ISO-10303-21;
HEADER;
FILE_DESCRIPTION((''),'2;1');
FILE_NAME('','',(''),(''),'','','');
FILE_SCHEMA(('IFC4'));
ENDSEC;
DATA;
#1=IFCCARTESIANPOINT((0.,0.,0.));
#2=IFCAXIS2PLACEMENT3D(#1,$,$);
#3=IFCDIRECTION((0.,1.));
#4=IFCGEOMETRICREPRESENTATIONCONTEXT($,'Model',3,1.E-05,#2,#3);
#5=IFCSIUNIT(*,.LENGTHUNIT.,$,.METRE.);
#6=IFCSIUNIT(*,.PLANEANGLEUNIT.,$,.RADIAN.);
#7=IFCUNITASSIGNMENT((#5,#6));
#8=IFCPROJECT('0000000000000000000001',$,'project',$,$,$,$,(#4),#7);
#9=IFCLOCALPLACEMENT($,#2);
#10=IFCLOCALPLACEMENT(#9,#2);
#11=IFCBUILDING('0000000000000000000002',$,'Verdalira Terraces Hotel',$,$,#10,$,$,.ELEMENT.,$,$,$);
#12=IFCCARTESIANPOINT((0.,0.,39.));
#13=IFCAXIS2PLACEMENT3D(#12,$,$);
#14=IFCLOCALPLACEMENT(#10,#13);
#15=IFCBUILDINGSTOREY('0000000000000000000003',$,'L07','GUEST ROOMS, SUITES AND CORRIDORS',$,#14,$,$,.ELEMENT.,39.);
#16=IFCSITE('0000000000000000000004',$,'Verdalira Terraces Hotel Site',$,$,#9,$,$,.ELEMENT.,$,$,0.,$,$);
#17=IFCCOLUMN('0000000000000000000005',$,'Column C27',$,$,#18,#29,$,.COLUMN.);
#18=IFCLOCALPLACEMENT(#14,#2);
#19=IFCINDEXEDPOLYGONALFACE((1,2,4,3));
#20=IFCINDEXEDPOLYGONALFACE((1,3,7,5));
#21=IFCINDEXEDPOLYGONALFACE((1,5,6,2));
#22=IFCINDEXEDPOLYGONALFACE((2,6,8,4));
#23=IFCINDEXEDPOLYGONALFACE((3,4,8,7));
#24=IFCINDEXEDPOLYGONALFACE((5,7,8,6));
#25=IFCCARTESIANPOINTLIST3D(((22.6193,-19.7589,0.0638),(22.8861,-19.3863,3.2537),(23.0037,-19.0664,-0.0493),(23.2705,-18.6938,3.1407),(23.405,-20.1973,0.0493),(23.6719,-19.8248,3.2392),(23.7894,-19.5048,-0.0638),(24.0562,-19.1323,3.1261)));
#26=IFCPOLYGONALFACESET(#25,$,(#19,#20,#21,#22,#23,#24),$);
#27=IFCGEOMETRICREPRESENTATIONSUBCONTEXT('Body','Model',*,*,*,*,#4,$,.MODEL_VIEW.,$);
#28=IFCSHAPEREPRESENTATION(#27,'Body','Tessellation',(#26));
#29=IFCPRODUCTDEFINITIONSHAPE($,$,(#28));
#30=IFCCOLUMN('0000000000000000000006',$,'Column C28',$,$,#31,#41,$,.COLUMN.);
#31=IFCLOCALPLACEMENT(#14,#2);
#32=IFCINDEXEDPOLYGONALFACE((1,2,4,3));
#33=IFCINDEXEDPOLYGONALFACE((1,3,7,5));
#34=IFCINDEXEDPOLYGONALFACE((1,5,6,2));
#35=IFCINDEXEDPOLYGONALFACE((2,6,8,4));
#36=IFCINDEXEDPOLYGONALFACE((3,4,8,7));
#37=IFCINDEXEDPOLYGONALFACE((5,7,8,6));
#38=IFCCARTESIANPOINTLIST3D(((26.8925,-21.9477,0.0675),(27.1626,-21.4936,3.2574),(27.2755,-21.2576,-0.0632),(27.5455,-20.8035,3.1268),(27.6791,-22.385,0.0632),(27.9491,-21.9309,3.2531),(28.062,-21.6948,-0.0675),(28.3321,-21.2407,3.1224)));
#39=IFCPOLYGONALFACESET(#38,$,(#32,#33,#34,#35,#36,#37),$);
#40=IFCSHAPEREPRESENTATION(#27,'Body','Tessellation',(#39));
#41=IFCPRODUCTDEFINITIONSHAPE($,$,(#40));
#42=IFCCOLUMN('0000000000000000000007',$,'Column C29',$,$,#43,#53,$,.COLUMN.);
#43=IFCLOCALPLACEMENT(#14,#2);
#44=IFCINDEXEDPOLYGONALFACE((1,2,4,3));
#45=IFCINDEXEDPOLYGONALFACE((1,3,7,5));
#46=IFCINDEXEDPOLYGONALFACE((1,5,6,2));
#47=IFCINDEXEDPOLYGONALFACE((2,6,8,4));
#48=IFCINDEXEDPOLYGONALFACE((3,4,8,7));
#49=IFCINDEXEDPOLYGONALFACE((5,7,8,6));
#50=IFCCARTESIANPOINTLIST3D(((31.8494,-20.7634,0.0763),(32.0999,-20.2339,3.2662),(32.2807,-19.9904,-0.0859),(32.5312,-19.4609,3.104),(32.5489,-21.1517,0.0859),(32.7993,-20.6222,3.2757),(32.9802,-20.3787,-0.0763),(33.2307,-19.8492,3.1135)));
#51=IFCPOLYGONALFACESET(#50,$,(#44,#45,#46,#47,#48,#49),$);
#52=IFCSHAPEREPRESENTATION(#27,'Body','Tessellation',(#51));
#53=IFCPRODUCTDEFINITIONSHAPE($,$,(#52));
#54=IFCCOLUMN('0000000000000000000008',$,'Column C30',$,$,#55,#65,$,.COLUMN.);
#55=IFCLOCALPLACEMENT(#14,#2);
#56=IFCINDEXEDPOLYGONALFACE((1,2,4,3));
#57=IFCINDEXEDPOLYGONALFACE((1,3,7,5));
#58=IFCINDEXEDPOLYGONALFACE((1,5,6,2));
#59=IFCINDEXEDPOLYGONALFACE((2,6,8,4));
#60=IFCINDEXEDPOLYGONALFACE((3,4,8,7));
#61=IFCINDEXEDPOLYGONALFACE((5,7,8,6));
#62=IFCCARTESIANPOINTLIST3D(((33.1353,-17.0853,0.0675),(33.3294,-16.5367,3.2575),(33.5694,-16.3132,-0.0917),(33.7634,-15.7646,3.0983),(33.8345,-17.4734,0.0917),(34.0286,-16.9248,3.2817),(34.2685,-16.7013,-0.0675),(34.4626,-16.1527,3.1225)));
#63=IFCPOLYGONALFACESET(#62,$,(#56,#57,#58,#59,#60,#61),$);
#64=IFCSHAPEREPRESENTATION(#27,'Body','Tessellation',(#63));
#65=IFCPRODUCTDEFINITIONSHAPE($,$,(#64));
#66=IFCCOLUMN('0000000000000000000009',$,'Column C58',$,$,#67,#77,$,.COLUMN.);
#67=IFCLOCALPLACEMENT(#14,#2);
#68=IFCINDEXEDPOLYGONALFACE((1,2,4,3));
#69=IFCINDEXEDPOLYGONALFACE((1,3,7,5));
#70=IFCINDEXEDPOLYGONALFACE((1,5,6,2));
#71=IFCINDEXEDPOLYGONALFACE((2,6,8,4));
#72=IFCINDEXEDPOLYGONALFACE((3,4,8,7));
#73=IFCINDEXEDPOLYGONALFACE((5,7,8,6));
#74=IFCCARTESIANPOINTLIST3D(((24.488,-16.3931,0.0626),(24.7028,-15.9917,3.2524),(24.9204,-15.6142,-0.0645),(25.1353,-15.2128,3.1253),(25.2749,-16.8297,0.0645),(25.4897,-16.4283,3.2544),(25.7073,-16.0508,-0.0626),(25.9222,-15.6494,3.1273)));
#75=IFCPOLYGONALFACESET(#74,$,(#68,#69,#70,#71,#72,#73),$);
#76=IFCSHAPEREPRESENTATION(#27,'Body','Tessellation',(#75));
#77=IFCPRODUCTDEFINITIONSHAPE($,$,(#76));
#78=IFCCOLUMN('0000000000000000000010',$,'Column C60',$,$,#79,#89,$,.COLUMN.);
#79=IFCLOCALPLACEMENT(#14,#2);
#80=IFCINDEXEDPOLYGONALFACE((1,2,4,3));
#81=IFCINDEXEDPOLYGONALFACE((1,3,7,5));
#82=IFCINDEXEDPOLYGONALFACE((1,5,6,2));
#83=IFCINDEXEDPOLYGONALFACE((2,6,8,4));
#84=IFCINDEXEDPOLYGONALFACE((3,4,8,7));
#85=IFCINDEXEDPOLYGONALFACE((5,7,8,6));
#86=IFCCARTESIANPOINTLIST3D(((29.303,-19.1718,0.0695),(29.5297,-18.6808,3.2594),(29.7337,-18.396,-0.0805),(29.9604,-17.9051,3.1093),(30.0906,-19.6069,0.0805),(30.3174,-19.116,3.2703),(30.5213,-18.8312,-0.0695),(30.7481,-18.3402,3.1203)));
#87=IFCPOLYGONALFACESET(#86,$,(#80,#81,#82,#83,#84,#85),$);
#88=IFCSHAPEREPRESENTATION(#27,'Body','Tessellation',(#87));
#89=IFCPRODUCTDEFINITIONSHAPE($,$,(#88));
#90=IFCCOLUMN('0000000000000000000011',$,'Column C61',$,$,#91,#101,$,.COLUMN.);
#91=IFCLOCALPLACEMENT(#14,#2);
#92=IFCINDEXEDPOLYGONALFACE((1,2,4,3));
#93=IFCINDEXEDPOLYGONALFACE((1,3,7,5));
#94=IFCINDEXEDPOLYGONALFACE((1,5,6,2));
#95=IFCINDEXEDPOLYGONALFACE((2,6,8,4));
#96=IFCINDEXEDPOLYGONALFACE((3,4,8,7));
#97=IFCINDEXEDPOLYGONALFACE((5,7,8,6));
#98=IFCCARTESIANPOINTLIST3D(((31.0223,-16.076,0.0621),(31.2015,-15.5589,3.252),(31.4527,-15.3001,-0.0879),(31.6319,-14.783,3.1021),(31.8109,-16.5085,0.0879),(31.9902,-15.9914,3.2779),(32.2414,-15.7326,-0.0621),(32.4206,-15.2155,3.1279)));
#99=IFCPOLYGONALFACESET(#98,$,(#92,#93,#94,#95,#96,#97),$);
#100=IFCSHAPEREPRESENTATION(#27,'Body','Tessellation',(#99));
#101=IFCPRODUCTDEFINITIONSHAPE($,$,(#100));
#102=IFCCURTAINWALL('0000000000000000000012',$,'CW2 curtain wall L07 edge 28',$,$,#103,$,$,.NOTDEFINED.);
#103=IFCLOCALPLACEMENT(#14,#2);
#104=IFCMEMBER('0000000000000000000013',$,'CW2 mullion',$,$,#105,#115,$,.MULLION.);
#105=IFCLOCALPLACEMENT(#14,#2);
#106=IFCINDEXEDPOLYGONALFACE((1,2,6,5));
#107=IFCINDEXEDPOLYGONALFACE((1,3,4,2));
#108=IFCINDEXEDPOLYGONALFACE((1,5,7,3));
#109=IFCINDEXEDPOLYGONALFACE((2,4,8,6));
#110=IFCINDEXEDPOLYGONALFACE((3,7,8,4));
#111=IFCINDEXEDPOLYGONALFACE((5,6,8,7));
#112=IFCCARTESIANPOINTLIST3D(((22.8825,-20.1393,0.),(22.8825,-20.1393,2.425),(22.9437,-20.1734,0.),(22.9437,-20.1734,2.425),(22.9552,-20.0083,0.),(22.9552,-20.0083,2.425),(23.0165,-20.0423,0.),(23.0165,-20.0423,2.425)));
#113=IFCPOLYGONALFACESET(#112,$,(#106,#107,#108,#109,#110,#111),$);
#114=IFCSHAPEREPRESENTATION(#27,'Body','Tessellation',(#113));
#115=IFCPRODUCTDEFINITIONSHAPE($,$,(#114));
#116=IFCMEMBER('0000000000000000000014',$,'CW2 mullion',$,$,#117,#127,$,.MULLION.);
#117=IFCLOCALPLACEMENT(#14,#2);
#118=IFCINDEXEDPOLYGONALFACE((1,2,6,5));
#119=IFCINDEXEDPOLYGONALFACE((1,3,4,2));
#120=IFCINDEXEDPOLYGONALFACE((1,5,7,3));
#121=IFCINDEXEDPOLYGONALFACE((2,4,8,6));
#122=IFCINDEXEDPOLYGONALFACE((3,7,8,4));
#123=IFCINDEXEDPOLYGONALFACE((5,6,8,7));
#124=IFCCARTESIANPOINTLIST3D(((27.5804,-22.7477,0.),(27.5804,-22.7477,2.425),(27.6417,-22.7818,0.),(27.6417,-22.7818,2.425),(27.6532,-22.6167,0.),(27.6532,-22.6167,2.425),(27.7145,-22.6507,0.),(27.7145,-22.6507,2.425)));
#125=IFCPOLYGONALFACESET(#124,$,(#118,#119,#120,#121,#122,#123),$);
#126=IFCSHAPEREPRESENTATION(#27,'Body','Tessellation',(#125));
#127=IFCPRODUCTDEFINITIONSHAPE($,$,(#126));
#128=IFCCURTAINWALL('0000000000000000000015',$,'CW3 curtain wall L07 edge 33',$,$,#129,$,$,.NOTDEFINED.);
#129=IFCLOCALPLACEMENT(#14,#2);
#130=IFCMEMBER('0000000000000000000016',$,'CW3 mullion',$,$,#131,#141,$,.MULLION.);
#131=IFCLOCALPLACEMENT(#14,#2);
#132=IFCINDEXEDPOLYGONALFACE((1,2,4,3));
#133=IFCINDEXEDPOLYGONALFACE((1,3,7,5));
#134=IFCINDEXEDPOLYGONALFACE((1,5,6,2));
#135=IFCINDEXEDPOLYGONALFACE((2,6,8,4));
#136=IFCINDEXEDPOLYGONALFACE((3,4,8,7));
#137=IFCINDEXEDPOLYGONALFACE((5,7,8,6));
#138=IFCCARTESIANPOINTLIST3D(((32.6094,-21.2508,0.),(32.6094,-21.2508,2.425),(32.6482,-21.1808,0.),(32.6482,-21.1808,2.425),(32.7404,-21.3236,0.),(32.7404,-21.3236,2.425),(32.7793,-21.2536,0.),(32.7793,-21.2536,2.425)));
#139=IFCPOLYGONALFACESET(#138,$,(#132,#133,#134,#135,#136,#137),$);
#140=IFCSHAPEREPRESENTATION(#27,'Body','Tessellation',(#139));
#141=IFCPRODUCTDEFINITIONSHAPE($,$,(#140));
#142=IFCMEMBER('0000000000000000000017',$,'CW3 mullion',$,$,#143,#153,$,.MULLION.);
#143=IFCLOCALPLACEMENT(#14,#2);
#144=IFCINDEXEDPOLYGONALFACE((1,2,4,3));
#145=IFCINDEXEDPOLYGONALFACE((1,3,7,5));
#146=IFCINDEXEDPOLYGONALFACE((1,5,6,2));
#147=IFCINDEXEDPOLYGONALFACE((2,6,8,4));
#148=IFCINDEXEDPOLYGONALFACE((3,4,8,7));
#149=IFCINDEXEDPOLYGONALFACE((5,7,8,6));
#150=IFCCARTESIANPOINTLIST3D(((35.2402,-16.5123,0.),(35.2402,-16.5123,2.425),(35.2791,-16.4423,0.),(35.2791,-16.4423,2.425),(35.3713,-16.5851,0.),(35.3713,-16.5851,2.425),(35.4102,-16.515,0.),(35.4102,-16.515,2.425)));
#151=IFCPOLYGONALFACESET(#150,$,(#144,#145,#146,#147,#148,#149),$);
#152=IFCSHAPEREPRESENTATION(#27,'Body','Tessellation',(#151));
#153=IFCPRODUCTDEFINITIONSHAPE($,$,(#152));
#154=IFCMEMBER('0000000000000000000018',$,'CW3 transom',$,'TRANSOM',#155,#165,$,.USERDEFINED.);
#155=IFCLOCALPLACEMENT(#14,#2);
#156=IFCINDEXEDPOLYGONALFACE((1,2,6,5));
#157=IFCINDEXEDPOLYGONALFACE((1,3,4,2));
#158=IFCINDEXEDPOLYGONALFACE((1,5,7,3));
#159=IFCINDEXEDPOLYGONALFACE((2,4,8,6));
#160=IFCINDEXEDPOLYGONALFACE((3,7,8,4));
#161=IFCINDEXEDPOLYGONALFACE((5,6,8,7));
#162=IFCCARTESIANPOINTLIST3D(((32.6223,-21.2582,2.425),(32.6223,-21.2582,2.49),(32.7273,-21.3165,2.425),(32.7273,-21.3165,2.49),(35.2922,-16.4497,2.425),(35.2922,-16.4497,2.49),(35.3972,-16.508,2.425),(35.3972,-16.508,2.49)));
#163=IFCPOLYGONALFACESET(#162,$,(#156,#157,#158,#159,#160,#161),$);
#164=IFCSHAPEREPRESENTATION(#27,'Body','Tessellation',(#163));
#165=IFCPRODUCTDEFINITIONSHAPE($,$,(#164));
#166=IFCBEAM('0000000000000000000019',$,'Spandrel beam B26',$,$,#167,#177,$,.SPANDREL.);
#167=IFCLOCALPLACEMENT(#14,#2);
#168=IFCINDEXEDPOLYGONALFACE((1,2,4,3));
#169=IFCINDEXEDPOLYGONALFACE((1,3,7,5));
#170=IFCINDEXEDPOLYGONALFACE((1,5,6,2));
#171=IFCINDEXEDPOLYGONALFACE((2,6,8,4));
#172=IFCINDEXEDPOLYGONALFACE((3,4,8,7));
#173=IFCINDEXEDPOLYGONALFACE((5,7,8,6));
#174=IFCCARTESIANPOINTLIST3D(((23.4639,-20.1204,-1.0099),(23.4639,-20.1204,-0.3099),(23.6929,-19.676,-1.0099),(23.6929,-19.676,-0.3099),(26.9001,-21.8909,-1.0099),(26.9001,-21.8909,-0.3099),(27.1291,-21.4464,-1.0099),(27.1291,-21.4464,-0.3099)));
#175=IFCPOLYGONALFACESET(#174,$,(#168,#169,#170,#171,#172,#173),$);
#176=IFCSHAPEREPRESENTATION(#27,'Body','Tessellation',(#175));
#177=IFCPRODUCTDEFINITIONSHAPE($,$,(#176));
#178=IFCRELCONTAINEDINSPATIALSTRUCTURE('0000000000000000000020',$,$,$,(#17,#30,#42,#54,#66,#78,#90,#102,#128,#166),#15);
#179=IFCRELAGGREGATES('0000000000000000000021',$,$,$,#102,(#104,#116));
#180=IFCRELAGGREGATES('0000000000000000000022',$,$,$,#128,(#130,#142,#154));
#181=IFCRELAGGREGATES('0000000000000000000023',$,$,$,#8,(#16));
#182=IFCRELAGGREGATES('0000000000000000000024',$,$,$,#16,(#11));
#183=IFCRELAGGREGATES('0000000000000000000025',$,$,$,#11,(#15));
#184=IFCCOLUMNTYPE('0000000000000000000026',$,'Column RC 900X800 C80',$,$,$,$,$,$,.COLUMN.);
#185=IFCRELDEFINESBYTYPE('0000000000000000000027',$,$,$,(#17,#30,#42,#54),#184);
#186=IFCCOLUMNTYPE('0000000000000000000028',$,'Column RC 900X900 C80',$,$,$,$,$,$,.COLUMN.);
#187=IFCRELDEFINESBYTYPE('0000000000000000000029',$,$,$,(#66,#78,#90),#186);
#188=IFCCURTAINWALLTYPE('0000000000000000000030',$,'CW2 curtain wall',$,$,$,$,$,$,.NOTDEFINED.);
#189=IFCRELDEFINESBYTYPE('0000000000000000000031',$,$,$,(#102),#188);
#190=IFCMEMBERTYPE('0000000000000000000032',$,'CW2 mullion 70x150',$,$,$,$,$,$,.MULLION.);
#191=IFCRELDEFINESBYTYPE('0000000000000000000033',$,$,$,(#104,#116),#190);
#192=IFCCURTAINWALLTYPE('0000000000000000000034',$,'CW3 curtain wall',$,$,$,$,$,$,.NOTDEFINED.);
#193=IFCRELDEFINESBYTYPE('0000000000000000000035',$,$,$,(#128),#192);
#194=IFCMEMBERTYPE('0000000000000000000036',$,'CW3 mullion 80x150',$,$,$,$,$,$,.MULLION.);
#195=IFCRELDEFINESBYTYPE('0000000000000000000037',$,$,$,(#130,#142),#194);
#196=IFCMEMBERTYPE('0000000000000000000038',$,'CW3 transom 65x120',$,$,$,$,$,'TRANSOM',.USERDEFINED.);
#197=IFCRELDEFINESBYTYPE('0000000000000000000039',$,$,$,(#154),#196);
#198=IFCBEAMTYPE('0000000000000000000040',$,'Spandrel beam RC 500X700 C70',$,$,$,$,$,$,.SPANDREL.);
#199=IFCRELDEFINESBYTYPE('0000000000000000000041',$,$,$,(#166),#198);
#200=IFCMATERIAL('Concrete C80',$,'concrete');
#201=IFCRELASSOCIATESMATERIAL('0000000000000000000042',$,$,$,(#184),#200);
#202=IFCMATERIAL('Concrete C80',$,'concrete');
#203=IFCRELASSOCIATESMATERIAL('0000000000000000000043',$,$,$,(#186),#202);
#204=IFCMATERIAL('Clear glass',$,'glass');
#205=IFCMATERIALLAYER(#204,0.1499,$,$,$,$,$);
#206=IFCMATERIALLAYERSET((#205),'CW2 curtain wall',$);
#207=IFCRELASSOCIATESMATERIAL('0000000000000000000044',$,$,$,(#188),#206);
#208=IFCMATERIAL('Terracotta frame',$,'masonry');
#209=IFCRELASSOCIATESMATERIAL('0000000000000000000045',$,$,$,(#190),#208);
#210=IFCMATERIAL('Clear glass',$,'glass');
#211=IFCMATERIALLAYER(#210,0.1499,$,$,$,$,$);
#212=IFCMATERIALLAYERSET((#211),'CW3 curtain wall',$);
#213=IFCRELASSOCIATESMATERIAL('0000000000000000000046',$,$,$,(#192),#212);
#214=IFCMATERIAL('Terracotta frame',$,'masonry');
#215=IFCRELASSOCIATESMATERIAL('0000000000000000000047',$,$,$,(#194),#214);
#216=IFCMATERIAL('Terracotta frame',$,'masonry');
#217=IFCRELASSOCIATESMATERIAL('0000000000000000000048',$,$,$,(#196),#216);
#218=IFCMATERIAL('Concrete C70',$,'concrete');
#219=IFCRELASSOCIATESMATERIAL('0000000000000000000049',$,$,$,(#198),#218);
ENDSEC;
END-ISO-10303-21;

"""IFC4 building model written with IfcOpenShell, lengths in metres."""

from ifc_helpers import new_model, si_unit, direction, frame, origin, origin_2d, place, context, subcontext, project, spatial, rectangle, extrude, material, layer, layer_set, material_profile, profile_set, type_object, element, aggregate, save


model = new_model("IFC4")

# Units and contexts
model_context = context("Model", 3, precision=1e-05, world=origin(), true_north=direction((0.0, 1.0)))
body_context = subcontext(model_context, "Body", "Model", "MODEL_VIEW")
ifc_project = project(units=[si_unit("LENGTHUNIT", "METRE"), si_unit("PLANEANGLEUNIT", "RADIAN")], contexts=[model_context])

# Site, building, storey
site_placement = place(None, origin())
site = spatial("IfcSite", under=ifc_project, at=site_placement, Name="Verdalira Terraces Hotel Site", CompositionType="ELEMENT", RefElevation=0.0)
building_placement = place(site_placement, origin())
building = spatial("IfcBuilding", under=site, at=building_placement, Name="Verdalira Terraces Hotel", CompositionType="ELEMENT")
storey_placement = place(building_placement, frame((0.0, 0.0, 39.0)))
storey = spatial("IfcBuildingStorey", under=building, at=storey_placement, Name="L07", Description="GUEST ROOMS, SUITES AND CORRIDORS", CompositionType="ELEMENT", Elevation=39.0)

# Columns
ifc_material_1 = material(Name="Concrete C80", Category="concrete")
ifc_material_profile_1 = material_profile(ifc_material_1, rectangle(XDim=0.8999, YDim=0.8, at=origin_2d()), Name="RC 900X800")
ifc_profile_set_1 = profile_set([ifc_material_profile_1], Name="Concrete C80")
column_type_1 = type_object("IfcColumnType", Name="Column RC 900X800 C80", PredefinedType="COLUMN", material=ifc_profile_set_1)
column_1_placement = place(storey_placement, frame((23.2043, -19.6318, 0.0), z_axis=(0.082802, 0.115605, 0.989838), x_axis=(0.873127, -0.487225, -0.016135)))
element("IfcColumn", 1, at=column_1_placement, inside=storey, type_object=column_type_1, Name="Column C27", PredefinedType="COLUMN", context=body_context, shape_type="SweptSolid", body=[
    extrude(rectangle(XDim=0.8999, YDim=0.8, at=origin_2d()), origin(), (0.0, 0.0, 1.0), 3.2227),
])
column_2_placement = place(storey_placement, frame((27.4773, -21.8213, 0.0), z_axis=(0.08351, 0.140441, 0.986561), x_axis=(0.874001, -0.485899, -0.004812)))
element("IfcColumn", 2, at=column_2_placement, inside=storey, type_object=column_type_1, Name="Column C28", PredefinedType="COLUMN", context=body_context, shape_type="SweptSolid", body=[
    extrude(rectangle(XDim=0.8999, YDim=0.8, at=origin_2d()), origin(), (0.0, 0.0, 1.0), 3.2334),
])
column_3_placement = place(storey_placement, frame((32.4148, -20.571, 0.0), z_axis=(0.077233, 0.163273, 0.983553), x_axis=(0.479277, 0.85896, -0.180225)))
element("IfcColumn", 3, at=column_3_placement, inside=storey, type_object=column_type_1, Name="Column C29", PredefinedType="COLUMN", context=body_context, shape_type="SweptSolid", body=[
    extrude(rectangle(XDim=0.8999, YDim=0.8, at=origin_2d()), origin(), (0.0, 0.0, 1.0), 3.2432),
])
column_4_placement = place(storey_placement, frame((33.7019, -16.8933, 0.0), z_axis=(0.059857, 0.169181, 0.983766), x_axis=(0.48236, 0.857927, -0.17689)))
element("IfcColumn", 4, at=column_4_placement, inside=storey, type_object=column_type_1, Name="Column C30", PredefinedType="COLUMN", context=body_context, shape_type="SweptSolid", body=[
    extrude(rectangle(XDim=0.8999, YDim=0.8, at=origin_2d()), origin(), (0.0, 0.0, 1.0), 3.2427),
])
ifc_material_2 = material(Name="Concrete C80", Category="concrete")
ifc_material_profile_2 = material_profile(ifc_material_2, rectangle(XDim=0.8999, YDim=0.8999, at=origin_2d()), Name="RC 900X900")
ifc_profile_set_2 = profile_set([ifc_material_profile_2], Name="Concrete C80")
column_type_2 = type_object("IfcColumnType", Name="Column RC 900X900 C80", PredefinedType="COLUMN", material=ifc_profile_set_2)
column_5_placement = place(storey_placement, frame((25.0977, -16.2219, 0.0), z_axis=(0.066675, 0.124561, 0.989969), x_axis=(0.874417, -0.48517, 0.002153)))
element("IfcColumn", 5, at=column_5_placement, inside=storey, type_object=column_type_2, Name="Column C58", PredefinedType="COLUMN", context=body_context, shape_type="SweptSolid", body=[
    extrude(rectangle(XDim=0.8999, YDim=0.8999, at=origin_2d()), origin(), (0.0, 0.0, 1.0), 3.2222),
])
column_6_placement = place(storey_placement, frame((29.9121, -19.0015, 0.0), z_axis=(0.0701, 0.151745, 0.985931), x_axis=(0.875226, -0.48356, 0.012196)))
element("IfcColumn", 6, at=column_6_placement, inside=storey, type_object=column_type_2, Name="Column C60", PredefinedType="COLUMN", context=body_context, shape_type="SweptSolid", body=[
    extrude(rectangle(XDim=0.8999, YDim=0.8999, at=origin_2d()), origin(), (0.0, 0.0, 1.0), 3.2354),
])
column_7_placement = place(storey_placement, frame((31.6318, -15.9043, 0.0), z_axis=(0.055367, 0.159766, 0.985601), x_axis=(0.876423, -0.480687, 0.028685)))
element("IfcColumn", 7, at=column_7_placement, inside=storey, type_object=column_type_2, Name="Column C61", PredefinedType="COLUMN", context=body_context, shape_type="SweptSolid", body=[
    extrude(rectangle(XDim=0.8999, YDim=0.8999, at=origin_2d()), origin(), (0.0, 0.0, 1.0), 3.2366),
])

# Curtain walls, members
ifc_material_3 = material(Name="Clear glass", Category="glass")
ifc_layer_1 = layer(ifc_material_3, 0.1499)
ifc_layer_set_1 = layer_set([ifc_layer_1], Name="CW2 curtain wall")
curtain_wall_type_1 = type_object("IfcCurtainWallType", Name="CW2 curtain wall", PredefinedType="NOTDEFINED", material=ifc_layer_set_1)
curtain_wall_1_placement = place(storey_placement, origin())
curtain_wall_1 = element("IfcCurtainWall", 8, at=curtain_wall_1_placement, inside=storey, type_object=curtain_wall_type_1, Name="CW2 curtain wall L07 edge 28", PredefinedType="NOTDEFINED")
ifc_material_4 = material(Name="Terracotta frame", Category="masonry")
ifc_material_profile_3 = material_profile(ifc_material_4, rectangle(XDim=0.0701, YDim=0.1499, at=origin_2d()), Name="MU 70x150")
ifc_profile_set_3 = profile_set([ifc_material_profile_3], Name="Terracotta frame")
member_type_1 = type_object("IfcMemberType", Name="CW2 mullion 70x150", PredefinedType="MULLION", material=ifc_profile_set_3)
member_1_placement = place(storey_placement, frame((22.9495, -20.0908, 0.0), z_axis=(0.0, 0.0, 1.0), x_axis=(0.874281, -0.48542, 0.0)))
member_1 = element("IfcMember", 9, at=member_1_placement, type_object=member_type_1, Name="CW2 mullion", PredefinedType="MULLION", context=body_context, shape_type="SweptSolid", body=[
    extrude(rectangle(XDim=0.0701, YDim=0.1499, at=origin_2d()), origin(), (0.0, 0.0, 1.0), 2.425),
])
member_2_placement = place(storey_placement, frame((27.6475, -22.6992, 0.0), z_axis=(0.0, 0.0, 1.0), x_axis=(0.874281, -0.48542, 0.0)))
member_2 = element("IfcMember", 10, at=member_2_placement, type_object=member_type_1, Name="CW2 mullion", PredefinedType="MULLION", context=body_context, shape_type="SweptSolid", body=[
    extrude(rectangle(XDim=0.0701, YDim=0.1499, at=origin_2d()), origin(), (0.0, 0.0, 1.0), 2.425),
])
ifc_material_5 = material(Name="Clear glass", Category="glass")
ifc_layer_2 = layer(ifc_material_5, 0.1499)
ifc_layer_set_2 = layer_set([ifc_layer_2], Name="CW3 curtain wall")
curtain_wall_type_2 = type_object("IfcCurtainWallType", Name="CW3 curtain wall", PredefinedType="NOTDEFINED", material=ifc_layer_set_2)
curtain_wall_2_placement = place(storey_placement, origin())
curtain_wall_2 = element("IfcCurtainWall", 11, at=curtain_wall_2_placement, inside=storey, type_object=curtain_wall_type_2, Name="CW3 curtain wall L07 edge 33", PredefinedType="NOTDEFINED")
ifc_material_6 = material(Name="Terracotta frame", Category="masonry")
ifc_material_profile_4 = material_profile(ifc_material_6, rectangle(XDim=0.0801, YDim=0.1499, at=origin_2d()), Name="MU 80x150")
ifc_profile_set_4 = profile_set([ifc_material_profile_4], Name="Terracotta frame")
member_type_2 = type_object("IfcMemberType", Name="CW3 mullion 80x150", PredefinedType="MULLION", material=ifc_profile_set_4)
member_3_placement = place(storey_placement, frame((32.6943, -21.2522, 0.0), z_axis=(0.0, 0.0, 1.0), x_axis=(0.48542, 0.874281, 0.0)))
member_3 = element("IfcMember", 12, at=member_3_placement, type_object=member_type_2, Name="CW3 mullion", PredefinedType="MULLION", context=body_context, shape_type="SweptSolid", body=[
    extrude(rectangle(XDim=0.0801, YDim=0.1499, at=origin_2d()), origin(), (0.0, 0.0, 1.0), 2.425),
])
member_4_placement = place(storey_placement, frame((35.3252, -16.5137, 0.0), z_axis=(0.0, 0.0, 1.0), x_axis=(0.48542, 0.874281, 0.0)))
member_4 = element("IfcMember", 13, at=member_4_placement, type_object=member_type_2, Name="CW3 mullion", PredefinedType="MULLION", context=body_context, shape_type="SweptSolid", body=[
    extrude(rectangle(XDim=0.0801, YDim=0.1499, at=origin_2d()), origin(), (0.0, 0.0, 1.0), 2.425),
])
ifc_material_7 = material(Name="Terracotta frame", Category="masonry")
ifc_material_profile_5 = material_profile(ifc_material_7, rectangle(XDim=0.1201, YDim=0.0649, at=origin_2d()), Name="TR 65x120")
ifc_profile_set_5 = profile_set([ifc_material_profile_5], Name="Terracotta frame")
member_type_3 = type_object("IfcMemberType", Name="CW3 transom 65x120", ElementType="TRANSOM", PredefinedType="USERDEFINED", material=ifc_profile_set_5)
member_5_placement = place(storey_placement, frame((32.6748, -21.2874, 2.4575), z_axis=(0.485432, 0.874275, 0.0), x_axis=(-0.874275, 0.485432, 0.0)))
member_5 = element("IfcMember", 14, at=member_5_placement, type_object=member_type_3, Name="CW3 transom", ObjectType="TRANSOM", PredefinedType="USERDEFINED", context=body_context, shape_type="SweptSolid", body=[
    extrude(rectangle(XDim=0.1201, YDim=0.0649, at=origin_2d()), origin(), (0.0, 0.0, 1.0), 5.5),
])

# Beam
ifc_material_8 = material(Name="Concrete C70", Category="concrete")
ifc_material_profile_6 = material_profile(ifc_material_8, rectangle(XDim=0.5, YDim=0.7, at=origin_2d()), Name="RC 500X700")
ifc_profile_set_6 = profile_set([ifc_material_profile_6], Name="Concrete C70")
beam_type = type_object("IfcBeamType", Name="Spandrel beam RC 500X700 C70", PredefinedType="SPANDREL", material=ifc_profile_set_6)
beam_1_placement = place(storey_placement, frame((23.5784, -19.8982, -0.6599), z_axis=(0.888943, -0.458019, 0.0), x_axis=(0.458019, 0.888943, 0.0)))
element("IfcBeam", 15, at=beam_1_placement, inside=storey, type_object=beam_type, Name="Spandrel beam B26", PredefinedType="SPANDREL", context=body_context, shape_type="SweptSolid", body=[
    extrude(rectangle(XDim=0.5, YDim=0.7, at=origin_2d()), origin(), (0.0, 0.0, 1.0), 3.8655),
])

aggregate(curtain_wall_1, [member_1, member_2])
aggregate(curtain_wall_2, [member_3, member_4, member_5])

save(model, "model.ifc")
